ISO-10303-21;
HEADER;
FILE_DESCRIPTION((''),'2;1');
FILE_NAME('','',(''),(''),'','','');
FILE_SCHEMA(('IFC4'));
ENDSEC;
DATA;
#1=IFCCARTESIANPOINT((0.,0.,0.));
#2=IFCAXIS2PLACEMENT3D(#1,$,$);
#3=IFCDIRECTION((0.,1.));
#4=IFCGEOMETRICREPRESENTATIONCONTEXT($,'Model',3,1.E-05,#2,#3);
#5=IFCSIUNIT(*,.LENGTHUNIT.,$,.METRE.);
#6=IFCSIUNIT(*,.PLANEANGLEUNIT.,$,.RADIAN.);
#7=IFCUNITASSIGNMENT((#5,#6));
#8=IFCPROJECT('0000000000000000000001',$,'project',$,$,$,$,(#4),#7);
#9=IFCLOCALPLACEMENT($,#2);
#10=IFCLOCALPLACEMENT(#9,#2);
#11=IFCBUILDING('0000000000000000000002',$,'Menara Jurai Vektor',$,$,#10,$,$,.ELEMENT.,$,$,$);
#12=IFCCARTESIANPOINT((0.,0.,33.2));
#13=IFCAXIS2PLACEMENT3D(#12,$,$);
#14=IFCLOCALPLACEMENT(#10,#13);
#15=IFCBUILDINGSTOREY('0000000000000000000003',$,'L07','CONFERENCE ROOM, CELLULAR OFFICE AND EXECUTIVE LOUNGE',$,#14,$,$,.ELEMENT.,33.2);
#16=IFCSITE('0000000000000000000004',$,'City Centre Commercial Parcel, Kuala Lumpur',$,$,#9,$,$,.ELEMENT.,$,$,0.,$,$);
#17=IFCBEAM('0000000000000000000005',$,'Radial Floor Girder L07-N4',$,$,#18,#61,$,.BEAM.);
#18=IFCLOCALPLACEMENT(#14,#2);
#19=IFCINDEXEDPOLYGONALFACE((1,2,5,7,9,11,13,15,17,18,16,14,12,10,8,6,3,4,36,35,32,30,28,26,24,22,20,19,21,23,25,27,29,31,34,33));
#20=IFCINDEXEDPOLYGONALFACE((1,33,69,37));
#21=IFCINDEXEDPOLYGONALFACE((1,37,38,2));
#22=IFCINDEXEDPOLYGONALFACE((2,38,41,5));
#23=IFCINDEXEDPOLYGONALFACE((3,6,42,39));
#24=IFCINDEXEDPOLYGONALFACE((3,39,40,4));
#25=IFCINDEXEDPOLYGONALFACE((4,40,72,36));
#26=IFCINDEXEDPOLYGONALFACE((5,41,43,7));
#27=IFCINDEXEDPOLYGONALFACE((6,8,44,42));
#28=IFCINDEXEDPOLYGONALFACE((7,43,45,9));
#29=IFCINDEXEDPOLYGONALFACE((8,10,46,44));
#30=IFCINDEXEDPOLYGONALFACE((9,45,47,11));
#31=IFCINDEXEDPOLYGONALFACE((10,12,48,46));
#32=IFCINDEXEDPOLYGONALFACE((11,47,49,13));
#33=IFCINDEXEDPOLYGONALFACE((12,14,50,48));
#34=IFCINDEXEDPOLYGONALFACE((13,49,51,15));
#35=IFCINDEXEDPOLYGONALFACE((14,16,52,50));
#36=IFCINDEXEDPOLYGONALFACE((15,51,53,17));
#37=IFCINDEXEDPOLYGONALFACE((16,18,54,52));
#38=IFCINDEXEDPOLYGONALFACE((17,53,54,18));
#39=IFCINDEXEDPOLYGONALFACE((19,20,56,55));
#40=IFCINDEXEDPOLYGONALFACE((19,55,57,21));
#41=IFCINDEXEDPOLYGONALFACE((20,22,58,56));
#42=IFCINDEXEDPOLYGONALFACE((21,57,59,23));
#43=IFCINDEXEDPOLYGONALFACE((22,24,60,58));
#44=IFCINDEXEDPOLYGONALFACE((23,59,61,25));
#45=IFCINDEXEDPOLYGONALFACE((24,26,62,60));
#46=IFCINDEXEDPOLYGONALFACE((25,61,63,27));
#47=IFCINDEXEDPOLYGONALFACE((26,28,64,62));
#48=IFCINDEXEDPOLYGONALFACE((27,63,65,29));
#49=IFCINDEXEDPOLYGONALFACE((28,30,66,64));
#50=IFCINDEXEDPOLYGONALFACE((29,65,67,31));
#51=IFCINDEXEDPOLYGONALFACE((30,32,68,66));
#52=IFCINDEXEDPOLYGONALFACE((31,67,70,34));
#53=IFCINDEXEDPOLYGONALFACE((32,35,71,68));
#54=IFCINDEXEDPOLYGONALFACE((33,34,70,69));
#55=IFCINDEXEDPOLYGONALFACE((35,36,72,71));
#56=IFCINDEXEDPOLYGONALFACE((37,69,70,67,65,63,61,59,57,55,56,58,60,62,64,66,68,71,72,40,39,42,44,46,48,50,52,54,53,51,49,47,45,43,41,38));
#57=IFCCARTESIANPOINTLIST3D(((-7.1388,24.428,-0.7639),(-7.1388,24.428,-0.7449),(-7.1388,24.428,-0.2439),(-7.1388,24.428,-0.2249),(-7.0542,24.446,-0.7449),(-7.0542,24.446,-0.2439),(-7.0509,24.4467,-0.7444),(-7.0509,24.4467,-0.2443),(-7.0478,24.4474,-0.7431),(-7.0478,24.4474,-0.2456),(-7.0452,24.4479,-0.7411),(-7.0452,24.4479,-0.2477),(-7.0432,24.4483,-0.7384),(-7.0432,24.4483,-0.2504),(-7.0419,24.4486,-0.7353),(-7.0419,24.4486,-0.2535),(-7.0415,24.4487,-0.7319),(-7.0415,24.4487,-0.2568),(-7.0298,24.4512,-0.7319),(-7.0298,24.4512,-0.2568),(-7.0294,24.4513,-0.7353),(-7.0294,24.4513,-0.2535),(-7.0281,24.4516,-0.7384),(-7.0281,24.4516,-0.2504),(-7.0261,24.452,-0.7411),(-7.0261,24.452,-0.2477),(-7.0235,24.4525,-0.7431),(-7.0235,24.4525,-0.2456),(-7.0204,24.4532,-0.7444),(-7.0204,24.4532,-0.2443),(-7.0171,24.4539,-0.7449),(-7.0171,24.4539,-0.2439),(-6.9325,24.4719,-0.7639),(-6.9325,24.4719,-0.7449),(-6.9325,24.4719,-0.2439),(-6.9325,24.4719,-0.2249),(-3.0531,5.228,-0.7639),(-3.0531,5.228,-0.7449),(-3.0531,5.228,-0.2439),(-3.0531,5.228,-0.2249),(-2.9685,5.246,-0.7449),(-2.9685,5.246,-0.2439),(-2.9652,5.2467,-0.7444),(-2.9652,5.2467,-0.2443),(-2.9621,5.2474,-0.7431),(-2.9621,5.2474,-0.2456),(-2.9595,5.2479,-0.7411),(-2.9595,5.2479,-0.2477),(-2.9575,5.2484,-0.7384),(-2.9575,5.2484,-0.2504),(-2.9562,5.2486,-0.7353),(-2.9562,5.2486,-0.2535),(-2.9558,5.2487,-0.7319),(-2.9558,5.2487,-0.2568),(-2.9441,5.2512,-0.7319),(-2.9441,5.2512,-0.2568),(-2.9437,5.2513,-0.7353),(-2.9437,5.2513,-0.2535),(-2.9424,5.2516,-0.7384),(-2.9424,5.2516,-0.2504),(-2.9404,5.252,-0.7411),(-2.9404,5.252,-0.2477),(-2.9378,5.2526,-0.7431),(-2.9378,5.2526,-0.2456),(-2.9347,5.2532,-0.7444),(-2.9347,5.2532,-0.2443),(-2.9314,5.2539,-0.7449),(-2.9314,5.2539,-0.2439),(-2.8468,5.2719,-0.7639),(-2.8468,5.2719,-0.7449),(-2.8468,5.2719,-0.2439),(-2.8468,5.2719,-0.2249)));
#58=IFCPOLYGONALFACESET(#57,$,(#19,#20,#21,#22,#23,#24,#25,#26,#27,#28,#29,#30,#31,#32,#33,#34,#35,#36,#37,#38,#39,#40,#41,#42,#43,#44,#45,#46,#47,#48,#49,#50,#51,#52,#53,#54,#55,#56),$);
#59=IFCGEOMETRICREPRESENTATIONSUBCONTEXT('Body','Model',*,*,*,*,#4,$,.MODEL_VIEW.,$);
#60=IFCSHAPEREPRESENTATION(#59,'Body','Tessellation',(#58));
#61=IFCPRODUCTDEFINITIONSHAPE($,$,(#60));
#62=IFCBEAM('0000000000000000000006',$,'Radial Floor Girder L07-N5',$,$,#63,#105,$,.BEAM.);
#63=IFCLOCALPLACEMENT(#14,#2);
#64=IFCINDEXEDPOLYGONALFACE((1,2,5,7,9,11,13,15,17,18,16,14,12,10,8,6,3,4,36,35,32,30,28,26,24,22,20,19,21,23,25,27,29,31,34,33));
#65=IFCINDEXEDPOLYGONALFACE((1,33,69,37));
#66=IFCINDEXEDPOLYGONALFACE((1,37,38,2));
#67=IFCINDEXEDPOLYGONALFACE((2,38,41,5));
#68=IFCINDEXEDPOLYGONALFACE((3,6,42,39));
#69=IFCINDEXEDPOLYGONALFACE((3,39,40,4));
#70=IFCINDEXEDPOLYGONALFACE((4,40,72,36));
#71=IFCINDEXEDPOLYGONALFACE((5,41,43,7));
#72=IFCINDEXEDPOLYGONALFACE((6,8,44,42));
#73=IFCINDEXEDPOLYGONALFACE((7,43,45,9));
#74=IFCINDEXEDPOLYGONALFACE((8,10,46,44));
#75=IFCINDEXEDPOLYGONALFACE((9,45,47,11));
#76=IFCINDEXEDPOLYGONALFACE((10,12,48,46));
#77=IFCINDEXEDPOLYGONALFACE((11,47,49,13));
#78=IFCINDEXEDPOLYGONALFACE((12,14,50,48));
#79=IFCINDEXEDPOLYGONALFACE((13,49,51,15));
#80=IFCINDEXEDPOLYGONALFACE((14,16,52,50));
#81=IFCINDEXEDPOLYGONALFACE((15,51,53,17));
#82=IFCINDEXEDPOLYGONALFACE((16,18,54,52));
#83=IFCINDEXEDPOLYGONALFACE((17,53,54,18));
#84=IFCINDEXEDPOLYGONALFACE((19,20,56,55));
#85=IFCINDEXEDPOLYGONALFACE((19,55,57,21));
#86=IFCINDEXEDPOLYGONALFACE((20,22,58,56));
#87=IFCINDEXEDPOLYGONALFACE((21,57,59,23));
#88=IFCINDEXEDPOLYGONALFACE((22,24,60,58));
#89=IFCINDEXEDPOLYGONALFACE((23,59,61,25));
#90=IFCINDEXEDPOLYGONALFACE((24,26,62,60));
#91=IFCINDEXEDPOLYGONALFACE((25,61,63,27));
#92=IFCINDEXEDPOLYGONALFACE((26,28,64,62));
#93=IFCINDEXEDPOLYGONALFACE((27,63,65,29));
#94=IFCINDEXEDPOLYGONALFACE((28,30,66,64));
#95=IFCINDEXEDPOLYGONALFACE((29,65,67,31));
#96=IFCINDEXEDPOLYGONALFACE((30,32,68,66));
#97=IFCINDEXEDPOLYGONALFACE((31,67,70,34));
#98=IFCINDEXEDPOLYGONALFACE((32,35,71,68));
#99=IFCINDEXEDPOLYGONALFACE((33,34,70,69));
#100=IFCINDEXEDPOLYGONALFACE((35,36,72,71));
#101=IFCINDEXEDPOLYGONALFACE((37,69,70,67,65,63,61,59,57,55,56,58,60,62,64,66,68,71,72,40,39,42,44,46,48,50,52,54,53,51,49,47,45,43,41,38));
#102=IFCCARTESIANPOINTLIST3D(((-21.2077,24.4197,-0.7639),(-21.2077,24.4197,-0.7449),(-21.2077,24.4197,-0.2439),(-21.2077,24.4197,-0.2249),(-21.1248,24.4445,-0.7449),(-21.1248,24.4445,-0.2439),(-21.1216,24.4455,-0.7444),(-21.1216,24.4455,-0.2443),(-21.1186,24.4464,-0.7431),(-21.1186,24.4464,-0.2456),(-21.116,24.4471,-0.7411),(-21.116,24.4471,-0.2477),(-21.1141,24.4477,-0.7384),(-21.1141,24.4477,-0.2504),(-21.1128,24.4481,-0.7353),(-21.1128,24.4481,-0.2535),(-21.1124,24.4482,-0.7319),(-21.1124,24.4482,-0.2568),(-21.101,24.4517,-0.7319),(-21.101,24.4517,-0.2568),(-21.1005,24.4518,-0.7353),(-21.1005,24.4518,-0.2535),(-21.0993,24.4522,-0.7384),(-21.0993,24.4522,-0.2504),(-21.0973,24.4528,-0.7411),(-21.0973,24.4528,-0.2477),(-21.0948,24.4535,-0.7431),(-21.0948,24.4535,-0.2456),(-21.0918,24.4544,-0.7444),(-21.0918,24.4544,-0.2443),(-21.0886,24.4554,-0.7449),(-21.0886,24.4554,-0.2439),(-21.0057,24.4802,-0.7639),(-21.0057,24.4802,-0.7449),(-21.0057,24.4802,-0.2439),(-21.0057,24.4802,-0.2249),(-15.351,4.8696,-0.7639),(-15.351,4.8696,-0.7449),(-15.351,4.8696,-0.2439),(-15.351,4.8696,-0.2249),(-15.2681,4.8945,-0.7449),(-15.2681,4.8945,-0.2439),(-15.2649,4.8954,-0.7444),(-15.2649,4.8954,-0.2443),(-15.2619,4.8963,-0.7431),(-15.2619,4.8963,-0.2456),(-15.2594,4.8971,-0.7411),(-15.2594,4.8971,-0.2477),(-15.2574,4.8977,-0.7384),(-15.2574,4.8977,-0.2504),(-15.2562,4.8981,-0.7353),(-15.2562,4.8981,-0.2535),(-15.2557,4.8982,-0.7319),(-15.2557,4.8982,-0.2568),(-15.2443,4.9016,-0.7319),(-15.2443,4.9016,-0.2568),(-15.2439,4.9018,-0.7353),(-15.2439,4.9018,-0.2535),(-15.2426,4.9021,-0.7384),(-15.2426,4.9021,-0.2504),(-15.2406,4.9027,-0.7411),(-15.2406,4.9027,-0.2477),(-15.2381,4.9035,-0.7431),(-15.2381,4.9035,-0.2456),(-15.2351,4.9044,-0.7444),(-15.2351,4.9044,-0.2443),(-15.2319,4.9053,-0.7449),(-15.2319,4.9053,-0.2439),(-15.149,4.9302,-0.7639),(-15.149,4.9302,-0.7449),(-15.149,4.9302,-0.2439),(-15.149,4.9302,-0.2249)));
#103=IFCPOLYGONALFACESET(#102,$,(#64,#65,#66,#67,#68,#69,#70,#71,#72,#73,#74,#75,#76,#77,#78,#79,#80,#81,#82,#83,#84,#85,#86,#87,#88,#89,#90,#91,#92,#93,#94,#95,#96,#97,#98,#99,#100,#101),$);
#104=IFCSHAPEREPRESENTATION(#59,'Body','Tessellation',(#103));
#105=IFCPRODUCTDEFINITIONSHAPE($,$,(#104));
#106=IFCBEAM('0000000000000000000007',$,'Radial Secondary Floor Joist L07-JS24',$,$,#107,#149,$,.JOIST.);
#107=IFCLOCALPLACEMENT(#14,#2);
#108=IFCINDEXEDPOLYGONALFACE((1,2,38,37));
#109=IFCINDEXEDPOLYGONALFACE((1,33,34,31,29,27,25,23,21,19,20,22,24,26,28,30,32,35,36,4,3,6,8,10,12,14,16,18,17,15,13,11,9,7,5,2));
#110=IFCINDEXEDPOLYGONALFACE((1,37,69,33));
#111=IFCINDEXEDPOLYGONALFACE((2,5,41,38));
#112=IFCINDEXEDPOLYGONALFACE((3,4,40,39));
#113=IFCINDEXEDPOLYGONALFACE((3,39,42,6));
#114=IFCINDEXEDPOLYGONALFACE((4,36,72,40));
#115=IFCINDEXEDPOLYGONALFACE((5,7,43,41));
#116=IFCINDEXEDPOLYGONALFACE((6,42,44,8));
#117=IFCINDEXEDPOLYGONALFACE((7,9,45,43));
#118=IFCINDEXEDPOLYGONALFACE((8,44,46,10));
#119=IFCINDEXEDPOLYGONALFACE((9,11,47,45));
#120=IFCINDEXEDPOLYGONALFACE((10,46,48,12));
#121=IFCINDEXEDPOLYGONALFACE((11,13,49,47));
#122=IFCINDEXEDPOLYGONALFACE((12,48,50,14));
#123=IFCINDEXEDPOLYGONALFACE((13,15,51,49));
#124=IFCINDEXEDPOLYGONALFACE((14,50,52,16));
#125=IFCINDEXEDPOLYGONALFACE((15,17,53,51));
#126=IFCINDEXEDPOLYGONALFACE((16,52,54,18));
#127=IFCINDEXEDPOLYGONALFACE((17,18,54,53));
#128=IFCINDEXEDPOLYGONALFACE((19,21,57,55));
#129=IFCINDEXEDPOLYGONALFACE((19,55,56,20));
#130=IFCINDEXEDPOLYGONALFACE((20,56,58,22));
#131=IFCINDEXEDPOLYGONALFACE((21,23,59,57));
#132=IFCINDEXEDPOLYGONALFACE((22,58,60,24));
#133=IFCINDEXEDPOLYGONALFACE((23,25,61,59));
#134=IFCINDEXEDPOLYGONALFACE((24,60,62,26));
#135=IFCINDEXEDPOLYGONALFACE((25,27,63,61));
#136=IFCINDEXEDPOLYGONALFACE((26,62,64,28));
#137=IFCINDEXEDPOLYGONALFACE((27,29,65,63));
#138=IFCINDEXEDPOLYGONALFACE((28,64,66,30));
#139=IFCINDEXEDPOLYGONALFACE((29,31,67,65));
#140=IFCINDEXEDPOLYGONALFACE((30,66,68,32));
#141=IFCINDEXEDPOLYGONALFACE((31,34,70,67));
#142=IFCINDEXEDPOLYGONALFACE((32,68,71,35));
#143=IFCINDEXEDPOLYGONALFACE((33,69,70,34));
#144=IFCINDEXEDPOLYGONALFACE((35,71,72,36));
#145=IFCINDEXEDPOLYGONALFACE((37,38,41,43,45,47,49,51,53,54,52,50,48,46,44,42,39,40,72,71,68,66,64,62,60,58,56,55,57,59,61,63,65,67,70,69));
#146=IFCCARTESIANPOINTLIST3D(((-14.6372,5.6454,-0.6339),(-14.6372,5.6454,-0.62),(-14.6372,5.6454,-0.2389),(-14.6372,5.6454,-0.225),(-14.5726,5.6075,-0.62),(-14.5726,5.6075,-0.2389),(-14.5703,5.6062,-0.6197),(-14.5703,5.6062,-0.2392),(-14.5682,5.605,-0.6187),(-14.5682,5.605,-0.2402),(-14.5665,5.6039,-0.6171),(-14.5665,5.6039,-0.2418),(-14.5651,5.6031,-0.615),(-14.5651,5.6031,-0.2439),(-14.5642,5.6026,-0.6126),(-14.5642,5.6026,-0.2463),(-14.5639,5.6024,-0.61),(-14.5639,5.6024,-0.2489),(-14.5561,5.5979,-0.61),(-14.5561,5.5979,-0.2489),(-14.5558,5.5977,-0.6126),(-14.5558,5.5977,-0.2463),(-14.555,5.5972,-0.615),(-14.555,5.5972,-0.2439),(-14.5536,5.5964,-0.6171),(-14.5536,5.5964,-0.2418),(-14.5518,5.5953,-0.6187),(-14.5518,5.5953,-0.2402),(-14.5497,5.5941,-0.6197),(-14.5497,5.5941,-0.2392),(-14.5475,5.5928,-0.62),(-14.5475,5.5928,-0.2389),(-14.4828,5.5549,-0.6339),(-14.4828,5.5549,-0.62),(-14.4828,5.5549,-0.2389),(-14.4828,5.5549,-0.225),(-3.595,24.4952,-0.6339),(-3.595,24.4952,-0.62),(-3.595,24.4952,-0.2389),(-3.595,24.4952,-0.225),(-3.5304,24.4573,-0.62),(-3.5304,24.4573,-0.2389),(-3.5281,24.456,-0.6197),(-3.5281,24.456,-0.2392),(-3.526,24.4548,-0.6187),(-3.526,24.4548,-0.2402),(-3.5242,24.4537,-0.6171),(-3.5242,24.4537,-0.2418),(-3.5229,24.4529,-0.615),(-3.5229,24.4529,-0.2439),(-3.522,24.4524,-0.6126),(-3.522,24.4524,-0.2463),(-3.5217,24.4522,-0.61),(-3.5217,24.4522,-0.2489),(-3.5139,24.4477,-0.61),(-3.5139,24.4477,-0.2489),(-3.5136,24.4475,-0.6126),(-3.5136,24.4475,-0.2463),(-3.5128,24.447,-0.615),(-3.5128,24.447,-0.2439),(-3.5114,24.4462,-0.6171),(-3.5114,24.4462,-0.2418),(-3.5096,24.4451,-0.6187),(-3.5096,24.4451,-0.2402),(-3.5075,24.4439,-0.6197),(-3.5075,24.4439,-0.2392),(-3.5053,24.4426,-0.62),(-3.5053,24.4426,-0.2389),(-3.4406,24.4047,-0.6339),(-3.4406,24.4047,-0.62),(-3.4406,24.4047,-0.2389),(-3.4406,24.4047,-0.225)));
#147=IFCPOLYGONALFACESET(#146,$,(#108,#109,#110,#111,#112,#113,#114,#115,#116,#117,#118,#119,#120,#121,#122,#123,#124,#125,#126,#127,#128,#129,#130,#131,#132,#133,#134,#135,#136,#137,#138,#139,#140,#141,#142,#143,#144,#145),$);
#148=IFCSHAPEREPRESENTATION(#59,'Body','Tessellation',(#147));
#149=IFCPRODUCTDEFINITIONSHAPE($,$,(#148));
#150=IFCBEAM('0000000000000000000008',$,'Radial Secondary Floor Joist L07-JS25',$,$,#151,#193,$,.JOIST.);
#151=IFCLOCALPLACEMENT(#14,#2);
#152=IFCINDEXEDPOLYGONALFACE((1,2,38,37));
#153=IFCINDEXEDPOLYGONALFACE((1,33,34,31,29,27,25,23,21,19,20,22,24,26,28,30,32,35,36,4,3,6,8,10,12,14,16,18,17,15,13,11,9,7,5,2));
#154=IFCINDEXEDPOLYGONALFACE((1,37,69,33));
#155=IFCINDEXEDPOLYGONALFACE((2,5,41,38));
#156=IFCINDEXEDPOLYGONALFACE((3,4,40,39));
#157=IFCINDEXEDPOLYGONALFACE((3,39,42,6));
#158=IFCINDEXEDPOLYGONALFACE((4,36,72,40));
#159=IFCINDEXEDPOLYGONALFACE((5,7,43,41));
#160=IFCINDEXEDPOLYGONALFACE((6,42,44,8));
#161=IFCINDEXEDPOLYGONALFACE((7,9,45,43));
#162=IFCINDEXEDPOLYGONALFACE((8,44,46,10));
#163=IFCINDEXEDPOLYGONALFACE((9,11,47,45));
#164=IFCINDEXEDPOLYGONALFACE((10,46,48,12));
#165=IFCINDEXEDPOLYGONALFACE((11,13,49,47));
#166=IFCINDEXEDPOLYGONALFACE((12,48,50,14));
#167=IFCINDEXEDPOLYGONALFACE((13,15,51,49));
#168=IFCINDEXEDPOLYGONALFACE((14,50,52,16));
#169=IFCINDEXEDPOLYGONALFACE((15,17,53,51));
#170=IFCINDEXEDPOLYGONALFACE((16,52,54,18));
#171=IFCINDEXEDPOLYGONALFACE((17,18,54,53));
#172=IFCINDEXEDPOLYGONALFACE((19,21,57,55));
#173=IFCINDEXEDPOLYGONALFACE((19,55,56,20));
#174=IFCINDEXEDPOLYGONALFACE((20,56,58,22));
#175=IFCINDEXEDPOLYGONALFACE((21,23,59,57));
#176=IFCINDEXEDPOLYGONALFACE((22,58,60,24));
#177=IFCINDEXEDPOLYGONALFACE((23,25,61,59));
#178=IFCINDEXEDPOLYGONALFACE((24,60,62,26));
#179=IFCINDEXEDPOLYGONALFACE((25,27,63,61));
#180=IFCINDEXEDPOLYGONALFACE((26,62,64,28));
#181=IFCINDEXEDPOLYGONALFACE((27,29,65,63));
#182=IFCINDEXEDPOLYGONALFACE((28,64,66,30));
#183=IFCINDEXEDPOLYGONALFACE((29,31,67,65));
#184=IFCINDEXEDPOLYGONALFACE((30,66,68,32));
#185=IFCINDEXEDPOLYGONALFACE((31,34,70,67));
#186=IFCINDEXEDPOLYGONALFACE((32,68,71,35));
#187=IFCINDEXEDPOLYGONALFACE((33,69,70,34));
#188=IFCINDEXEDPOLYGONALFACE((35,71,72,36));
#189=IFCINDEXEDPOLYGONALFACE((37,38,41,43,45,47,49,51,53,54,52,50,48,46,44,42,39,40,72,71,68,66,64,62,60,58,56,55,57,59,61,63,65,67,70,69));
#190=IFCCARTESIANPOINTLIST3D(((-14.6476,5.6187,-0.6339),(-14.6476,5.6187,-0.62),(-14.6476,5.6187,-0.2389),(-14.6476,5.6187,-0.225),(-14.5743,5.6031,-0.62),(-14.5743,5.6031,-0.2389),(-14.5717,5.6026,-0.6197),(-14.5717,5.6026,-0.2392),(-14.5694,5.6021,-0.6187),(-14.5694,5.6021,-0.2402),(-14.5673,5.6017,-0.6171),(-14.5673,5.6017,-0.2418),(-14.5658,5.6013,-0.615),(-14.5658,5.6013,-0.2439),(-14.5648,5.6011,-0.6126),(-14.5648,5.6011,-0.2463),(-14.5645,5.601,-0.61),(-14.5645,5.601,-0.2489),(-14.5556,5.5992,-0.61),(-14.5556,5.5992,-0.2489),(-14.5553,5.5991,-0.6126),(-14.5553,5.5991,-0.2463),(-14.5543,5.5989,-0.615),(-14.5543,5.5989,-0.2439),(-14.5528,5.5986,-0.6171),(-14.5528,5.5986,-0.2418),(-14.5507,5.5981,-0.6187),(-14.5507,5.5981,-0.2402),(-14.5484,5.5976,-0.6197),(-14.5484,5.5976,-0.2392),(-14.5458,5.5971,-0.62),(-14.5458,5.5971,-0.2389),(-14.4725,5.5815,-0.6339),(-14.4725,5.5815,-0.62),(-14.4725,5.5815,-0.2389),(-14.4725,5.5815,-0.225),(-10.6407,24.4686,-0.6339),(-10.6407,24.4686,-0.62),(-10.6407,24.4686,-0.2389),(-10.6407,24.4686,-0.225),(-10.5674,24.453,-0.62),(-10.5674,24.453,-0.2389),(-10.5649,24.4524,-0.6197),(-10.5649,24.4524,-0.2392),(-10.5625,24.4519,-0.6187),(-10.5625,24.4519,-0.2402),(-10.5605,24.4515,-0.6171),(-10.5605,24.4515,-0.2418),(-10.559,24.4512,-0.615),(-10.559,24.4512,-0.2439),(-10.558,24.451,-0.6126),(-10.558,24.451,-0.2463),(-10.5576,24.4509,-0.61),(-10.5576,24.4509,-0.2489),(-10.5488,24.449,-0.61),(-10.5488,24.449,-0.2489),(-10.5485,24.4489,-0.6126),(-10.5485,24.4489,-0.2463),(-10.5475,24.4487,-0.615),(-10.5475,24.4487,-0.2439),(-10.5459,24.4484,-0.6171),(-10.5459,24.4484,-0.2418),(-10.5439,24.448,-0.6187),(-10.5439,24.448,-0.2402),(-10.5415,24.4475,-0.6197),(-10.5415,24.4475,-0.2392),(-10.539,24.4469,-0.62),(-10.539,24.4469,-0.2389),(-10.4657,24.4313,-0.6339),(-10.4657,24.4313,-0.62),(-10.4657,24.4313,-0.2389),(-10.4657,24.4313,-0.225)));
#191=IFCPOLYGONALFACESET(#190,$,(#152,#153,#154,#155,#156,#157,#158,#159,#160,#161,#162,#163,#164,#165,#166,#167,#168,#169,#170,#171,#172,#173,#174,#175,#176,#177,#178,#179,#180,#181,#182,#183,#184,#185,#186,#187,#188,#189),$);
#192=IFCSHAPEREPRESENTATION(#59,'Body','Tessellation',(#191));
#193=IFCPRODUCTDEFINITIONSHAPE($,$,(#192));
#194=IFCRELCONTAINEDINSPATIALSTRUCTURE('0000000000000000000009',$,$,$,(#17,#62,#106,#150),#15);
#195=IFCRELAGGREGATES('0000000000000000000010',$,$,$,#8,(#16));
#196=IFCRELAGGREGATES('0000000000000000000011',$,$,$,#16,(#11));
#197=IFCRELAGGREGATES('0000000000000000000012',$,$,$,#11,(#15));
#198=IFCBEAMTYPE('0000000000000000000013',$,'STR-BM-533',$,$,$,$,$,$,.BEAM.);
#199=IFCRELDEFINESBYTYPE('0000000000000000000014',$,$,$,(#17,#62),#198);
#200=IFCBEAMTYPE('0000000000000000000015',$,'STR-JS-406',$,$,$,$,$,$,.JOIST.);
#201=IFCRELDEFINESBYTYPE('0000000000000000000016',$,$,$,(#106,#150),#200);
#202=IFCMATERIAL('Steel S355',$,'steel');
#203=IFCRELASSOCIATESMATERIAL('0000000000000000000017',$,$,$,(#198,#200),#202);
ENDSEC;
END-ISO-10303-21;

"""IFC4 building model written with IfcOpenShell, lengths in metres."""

from ifc_helpers import new_model, si_unit, direction, frame, origin, origin_2d, place, context, subcontext, project, spatial, i_section, extrude, material, material_profile, profile_set, type_object, element, save


model = new_model("IFC4")

# Units and contexts
model_context = context("Model", 3, precision=1e-05, world=origin(), true_north=direction((0.0, 1.0)))
body_context = subcontext(model_context, "Body", "Model", "MODEL_VIEW")
ifc_project = project(units=[si_unit("LENGTHUNIT", "METRE"), si_unit("PLANEANGLEUNIT", "RADIAN")], contexts=[model_context])

# Site, building, storey
site_placement = place(None, origin())
site = spatial("IfcSite", under=ifc_project, at=site_placement, Name="City Centre Commercial Parcel, Kuala Lumpur", CompositionType="ELEMENT", RefElevation=0.0)
building_placement = place(site_placement, origin())
building = spatial("IfcBuilding", under=site, at=building_placement, Name="Menara Jurai Vektor", CompositionType="ELEMENT")
storey_placement = place(building_placement, frame((0.0, 0.0, 33.2)))
storey = spatial("IfcBuildingStorey", under=building, at=storey_placement, Name="L07", Description="CONFERENCE ROOM, CELLULAR OFFICE AND EXECUTIVE LOUNGE", CompositionType="ELEMENT", Elevation=33.2)

# Beams
ifc_material_1 = material(Name="Steel S355", Category="steel")
ifc_material_profile_1 = material_profile(ifc_material_1, i_section(OverallWidth=0.2109, OverallDepth=0.5391, WebThickness=0.012, FlangeThickness=0.019, FilletRadius=0.0129, at=origin_2d()), Name="UKB 533x210x109")
ifc_profile_set_1 = profile_set([ifc_material_profile_1], Name="Steel S355")
beam_type_1 = type_object("IfcBeamType", Name="STR-BM-533", PredefinedType="BEAM", material=ifc_profile_set_1)
beam_1_placement = place(storey_placement, frame((-7.0356, 24.45, -0.4944), z_axis=(0.208137, -0.9781, 0.0), x_axis=(0.9781, 0.208137, 0.0)))
element("IfcBeam", 1, at=beam_1_placement, inside=storey, type_object=beam_type_1, Name="Radial Floor Girder L07-N4", PredefinedType="BEAM", context=body_context, shape_type="SweptSolid", body=[
    extrude(i_section(OverallWidth=0.2109, OverallDepth=0.5391, WebThickness=0.012, FlangeThickness=0.019, FilletRadius=0.0129, at=origin_2d()), origin(), (0.0, 0.0, 1.0), 19.6299),
])
beam_2_placement = place(storey_placement, frame((-21.1067, 24.45, -0.4944), z_axis=(0.286974, -0.957938, 0.0), x_axis=(0.957938, 0.286974, 0.0)))
element("IfcBeam", 2, at=beam_2_placement, inside=storey, type_object=beam_type_1, Name="Radial Floor Girder L07-N5", PredefinedType="BEAM", context=body_context, shape_type="SweptSolid", body=[
    extrude(i_section(OverallWidth=0.2109, OverallDepth=0.5391, WebThickness=0.012, FlangeThickness=0.019, FilletRadius=0.0129, at=origin_2d()), origin(), (0.0, 0.0, 1.0), 20.4084),
])
ifc_material_profile_2 = material_profile(ifc_material_1, i_section(OverallWidth=0.179, OverallDepth=0.4089, WebThickness=0.009, FlangeThickness=0.0139, FilletRadius=0.01, at=origin_2d()), Name="UKB 406x178x67")
ifc_profile_set_2 = profile_set([ifc_material_profile_2], Name="Steel S355")
beam_type_2 = type_object("IfcBeamType", Name="STR-JS-406", PredefinedType="JOIST", material=ifc_profile_set_2)
beam_3_placement = place(storey_placement, frame((-3.5178, 24.45, -0.4294), z_axis=(-0.505458, -0.862851, 0.0), x_axis=(0.862851, -0.505458, 0.0)))
element("IfcBeam", 3, at=beam_3_placement, inside=storey, type_object=beam_type_2, Name="Radial Secondary Floor Joist L07-JS24", PredefinedType="JOIST", context=body_context, shape_type="SweptSolid", body=[
    extrude(i_section(OverallWidth=0.179, OverallDepth=0.4089, WebThickness=0.009, FlangeThickness=0.0139, FilletRadius=0.01, at=origin_2d()), origin(), (0.0, 0.0, 1.0), 21.8459),
])
beam_4_placement = place(storey_placement, frame((-10.5532, 24.45, -0.4294), z_axis=(-0.20792, -0.978146, 0.0), x_axis=(0.978146, -0.20792, 0.0)))
element("IfcBeam", 4, at=beam_4_placement, inside=storey, type_object=beam_type_2, Name="Radial Secondary Floor Joist L07-JS25", PredefinedType="JOIST", context=body_context, shape_type="SweptSolid", body=[
    extrude(i_section(OverallWidth=0.179, OverallDepth=0.4089, WebThickness=0.009, FlangeThickness=0.0139, FilletRadius=0.01, at=origin_2d()), origin(), (0.0, 0.0, 1.0), 19.271),
])

save(model, "model.ifc")
